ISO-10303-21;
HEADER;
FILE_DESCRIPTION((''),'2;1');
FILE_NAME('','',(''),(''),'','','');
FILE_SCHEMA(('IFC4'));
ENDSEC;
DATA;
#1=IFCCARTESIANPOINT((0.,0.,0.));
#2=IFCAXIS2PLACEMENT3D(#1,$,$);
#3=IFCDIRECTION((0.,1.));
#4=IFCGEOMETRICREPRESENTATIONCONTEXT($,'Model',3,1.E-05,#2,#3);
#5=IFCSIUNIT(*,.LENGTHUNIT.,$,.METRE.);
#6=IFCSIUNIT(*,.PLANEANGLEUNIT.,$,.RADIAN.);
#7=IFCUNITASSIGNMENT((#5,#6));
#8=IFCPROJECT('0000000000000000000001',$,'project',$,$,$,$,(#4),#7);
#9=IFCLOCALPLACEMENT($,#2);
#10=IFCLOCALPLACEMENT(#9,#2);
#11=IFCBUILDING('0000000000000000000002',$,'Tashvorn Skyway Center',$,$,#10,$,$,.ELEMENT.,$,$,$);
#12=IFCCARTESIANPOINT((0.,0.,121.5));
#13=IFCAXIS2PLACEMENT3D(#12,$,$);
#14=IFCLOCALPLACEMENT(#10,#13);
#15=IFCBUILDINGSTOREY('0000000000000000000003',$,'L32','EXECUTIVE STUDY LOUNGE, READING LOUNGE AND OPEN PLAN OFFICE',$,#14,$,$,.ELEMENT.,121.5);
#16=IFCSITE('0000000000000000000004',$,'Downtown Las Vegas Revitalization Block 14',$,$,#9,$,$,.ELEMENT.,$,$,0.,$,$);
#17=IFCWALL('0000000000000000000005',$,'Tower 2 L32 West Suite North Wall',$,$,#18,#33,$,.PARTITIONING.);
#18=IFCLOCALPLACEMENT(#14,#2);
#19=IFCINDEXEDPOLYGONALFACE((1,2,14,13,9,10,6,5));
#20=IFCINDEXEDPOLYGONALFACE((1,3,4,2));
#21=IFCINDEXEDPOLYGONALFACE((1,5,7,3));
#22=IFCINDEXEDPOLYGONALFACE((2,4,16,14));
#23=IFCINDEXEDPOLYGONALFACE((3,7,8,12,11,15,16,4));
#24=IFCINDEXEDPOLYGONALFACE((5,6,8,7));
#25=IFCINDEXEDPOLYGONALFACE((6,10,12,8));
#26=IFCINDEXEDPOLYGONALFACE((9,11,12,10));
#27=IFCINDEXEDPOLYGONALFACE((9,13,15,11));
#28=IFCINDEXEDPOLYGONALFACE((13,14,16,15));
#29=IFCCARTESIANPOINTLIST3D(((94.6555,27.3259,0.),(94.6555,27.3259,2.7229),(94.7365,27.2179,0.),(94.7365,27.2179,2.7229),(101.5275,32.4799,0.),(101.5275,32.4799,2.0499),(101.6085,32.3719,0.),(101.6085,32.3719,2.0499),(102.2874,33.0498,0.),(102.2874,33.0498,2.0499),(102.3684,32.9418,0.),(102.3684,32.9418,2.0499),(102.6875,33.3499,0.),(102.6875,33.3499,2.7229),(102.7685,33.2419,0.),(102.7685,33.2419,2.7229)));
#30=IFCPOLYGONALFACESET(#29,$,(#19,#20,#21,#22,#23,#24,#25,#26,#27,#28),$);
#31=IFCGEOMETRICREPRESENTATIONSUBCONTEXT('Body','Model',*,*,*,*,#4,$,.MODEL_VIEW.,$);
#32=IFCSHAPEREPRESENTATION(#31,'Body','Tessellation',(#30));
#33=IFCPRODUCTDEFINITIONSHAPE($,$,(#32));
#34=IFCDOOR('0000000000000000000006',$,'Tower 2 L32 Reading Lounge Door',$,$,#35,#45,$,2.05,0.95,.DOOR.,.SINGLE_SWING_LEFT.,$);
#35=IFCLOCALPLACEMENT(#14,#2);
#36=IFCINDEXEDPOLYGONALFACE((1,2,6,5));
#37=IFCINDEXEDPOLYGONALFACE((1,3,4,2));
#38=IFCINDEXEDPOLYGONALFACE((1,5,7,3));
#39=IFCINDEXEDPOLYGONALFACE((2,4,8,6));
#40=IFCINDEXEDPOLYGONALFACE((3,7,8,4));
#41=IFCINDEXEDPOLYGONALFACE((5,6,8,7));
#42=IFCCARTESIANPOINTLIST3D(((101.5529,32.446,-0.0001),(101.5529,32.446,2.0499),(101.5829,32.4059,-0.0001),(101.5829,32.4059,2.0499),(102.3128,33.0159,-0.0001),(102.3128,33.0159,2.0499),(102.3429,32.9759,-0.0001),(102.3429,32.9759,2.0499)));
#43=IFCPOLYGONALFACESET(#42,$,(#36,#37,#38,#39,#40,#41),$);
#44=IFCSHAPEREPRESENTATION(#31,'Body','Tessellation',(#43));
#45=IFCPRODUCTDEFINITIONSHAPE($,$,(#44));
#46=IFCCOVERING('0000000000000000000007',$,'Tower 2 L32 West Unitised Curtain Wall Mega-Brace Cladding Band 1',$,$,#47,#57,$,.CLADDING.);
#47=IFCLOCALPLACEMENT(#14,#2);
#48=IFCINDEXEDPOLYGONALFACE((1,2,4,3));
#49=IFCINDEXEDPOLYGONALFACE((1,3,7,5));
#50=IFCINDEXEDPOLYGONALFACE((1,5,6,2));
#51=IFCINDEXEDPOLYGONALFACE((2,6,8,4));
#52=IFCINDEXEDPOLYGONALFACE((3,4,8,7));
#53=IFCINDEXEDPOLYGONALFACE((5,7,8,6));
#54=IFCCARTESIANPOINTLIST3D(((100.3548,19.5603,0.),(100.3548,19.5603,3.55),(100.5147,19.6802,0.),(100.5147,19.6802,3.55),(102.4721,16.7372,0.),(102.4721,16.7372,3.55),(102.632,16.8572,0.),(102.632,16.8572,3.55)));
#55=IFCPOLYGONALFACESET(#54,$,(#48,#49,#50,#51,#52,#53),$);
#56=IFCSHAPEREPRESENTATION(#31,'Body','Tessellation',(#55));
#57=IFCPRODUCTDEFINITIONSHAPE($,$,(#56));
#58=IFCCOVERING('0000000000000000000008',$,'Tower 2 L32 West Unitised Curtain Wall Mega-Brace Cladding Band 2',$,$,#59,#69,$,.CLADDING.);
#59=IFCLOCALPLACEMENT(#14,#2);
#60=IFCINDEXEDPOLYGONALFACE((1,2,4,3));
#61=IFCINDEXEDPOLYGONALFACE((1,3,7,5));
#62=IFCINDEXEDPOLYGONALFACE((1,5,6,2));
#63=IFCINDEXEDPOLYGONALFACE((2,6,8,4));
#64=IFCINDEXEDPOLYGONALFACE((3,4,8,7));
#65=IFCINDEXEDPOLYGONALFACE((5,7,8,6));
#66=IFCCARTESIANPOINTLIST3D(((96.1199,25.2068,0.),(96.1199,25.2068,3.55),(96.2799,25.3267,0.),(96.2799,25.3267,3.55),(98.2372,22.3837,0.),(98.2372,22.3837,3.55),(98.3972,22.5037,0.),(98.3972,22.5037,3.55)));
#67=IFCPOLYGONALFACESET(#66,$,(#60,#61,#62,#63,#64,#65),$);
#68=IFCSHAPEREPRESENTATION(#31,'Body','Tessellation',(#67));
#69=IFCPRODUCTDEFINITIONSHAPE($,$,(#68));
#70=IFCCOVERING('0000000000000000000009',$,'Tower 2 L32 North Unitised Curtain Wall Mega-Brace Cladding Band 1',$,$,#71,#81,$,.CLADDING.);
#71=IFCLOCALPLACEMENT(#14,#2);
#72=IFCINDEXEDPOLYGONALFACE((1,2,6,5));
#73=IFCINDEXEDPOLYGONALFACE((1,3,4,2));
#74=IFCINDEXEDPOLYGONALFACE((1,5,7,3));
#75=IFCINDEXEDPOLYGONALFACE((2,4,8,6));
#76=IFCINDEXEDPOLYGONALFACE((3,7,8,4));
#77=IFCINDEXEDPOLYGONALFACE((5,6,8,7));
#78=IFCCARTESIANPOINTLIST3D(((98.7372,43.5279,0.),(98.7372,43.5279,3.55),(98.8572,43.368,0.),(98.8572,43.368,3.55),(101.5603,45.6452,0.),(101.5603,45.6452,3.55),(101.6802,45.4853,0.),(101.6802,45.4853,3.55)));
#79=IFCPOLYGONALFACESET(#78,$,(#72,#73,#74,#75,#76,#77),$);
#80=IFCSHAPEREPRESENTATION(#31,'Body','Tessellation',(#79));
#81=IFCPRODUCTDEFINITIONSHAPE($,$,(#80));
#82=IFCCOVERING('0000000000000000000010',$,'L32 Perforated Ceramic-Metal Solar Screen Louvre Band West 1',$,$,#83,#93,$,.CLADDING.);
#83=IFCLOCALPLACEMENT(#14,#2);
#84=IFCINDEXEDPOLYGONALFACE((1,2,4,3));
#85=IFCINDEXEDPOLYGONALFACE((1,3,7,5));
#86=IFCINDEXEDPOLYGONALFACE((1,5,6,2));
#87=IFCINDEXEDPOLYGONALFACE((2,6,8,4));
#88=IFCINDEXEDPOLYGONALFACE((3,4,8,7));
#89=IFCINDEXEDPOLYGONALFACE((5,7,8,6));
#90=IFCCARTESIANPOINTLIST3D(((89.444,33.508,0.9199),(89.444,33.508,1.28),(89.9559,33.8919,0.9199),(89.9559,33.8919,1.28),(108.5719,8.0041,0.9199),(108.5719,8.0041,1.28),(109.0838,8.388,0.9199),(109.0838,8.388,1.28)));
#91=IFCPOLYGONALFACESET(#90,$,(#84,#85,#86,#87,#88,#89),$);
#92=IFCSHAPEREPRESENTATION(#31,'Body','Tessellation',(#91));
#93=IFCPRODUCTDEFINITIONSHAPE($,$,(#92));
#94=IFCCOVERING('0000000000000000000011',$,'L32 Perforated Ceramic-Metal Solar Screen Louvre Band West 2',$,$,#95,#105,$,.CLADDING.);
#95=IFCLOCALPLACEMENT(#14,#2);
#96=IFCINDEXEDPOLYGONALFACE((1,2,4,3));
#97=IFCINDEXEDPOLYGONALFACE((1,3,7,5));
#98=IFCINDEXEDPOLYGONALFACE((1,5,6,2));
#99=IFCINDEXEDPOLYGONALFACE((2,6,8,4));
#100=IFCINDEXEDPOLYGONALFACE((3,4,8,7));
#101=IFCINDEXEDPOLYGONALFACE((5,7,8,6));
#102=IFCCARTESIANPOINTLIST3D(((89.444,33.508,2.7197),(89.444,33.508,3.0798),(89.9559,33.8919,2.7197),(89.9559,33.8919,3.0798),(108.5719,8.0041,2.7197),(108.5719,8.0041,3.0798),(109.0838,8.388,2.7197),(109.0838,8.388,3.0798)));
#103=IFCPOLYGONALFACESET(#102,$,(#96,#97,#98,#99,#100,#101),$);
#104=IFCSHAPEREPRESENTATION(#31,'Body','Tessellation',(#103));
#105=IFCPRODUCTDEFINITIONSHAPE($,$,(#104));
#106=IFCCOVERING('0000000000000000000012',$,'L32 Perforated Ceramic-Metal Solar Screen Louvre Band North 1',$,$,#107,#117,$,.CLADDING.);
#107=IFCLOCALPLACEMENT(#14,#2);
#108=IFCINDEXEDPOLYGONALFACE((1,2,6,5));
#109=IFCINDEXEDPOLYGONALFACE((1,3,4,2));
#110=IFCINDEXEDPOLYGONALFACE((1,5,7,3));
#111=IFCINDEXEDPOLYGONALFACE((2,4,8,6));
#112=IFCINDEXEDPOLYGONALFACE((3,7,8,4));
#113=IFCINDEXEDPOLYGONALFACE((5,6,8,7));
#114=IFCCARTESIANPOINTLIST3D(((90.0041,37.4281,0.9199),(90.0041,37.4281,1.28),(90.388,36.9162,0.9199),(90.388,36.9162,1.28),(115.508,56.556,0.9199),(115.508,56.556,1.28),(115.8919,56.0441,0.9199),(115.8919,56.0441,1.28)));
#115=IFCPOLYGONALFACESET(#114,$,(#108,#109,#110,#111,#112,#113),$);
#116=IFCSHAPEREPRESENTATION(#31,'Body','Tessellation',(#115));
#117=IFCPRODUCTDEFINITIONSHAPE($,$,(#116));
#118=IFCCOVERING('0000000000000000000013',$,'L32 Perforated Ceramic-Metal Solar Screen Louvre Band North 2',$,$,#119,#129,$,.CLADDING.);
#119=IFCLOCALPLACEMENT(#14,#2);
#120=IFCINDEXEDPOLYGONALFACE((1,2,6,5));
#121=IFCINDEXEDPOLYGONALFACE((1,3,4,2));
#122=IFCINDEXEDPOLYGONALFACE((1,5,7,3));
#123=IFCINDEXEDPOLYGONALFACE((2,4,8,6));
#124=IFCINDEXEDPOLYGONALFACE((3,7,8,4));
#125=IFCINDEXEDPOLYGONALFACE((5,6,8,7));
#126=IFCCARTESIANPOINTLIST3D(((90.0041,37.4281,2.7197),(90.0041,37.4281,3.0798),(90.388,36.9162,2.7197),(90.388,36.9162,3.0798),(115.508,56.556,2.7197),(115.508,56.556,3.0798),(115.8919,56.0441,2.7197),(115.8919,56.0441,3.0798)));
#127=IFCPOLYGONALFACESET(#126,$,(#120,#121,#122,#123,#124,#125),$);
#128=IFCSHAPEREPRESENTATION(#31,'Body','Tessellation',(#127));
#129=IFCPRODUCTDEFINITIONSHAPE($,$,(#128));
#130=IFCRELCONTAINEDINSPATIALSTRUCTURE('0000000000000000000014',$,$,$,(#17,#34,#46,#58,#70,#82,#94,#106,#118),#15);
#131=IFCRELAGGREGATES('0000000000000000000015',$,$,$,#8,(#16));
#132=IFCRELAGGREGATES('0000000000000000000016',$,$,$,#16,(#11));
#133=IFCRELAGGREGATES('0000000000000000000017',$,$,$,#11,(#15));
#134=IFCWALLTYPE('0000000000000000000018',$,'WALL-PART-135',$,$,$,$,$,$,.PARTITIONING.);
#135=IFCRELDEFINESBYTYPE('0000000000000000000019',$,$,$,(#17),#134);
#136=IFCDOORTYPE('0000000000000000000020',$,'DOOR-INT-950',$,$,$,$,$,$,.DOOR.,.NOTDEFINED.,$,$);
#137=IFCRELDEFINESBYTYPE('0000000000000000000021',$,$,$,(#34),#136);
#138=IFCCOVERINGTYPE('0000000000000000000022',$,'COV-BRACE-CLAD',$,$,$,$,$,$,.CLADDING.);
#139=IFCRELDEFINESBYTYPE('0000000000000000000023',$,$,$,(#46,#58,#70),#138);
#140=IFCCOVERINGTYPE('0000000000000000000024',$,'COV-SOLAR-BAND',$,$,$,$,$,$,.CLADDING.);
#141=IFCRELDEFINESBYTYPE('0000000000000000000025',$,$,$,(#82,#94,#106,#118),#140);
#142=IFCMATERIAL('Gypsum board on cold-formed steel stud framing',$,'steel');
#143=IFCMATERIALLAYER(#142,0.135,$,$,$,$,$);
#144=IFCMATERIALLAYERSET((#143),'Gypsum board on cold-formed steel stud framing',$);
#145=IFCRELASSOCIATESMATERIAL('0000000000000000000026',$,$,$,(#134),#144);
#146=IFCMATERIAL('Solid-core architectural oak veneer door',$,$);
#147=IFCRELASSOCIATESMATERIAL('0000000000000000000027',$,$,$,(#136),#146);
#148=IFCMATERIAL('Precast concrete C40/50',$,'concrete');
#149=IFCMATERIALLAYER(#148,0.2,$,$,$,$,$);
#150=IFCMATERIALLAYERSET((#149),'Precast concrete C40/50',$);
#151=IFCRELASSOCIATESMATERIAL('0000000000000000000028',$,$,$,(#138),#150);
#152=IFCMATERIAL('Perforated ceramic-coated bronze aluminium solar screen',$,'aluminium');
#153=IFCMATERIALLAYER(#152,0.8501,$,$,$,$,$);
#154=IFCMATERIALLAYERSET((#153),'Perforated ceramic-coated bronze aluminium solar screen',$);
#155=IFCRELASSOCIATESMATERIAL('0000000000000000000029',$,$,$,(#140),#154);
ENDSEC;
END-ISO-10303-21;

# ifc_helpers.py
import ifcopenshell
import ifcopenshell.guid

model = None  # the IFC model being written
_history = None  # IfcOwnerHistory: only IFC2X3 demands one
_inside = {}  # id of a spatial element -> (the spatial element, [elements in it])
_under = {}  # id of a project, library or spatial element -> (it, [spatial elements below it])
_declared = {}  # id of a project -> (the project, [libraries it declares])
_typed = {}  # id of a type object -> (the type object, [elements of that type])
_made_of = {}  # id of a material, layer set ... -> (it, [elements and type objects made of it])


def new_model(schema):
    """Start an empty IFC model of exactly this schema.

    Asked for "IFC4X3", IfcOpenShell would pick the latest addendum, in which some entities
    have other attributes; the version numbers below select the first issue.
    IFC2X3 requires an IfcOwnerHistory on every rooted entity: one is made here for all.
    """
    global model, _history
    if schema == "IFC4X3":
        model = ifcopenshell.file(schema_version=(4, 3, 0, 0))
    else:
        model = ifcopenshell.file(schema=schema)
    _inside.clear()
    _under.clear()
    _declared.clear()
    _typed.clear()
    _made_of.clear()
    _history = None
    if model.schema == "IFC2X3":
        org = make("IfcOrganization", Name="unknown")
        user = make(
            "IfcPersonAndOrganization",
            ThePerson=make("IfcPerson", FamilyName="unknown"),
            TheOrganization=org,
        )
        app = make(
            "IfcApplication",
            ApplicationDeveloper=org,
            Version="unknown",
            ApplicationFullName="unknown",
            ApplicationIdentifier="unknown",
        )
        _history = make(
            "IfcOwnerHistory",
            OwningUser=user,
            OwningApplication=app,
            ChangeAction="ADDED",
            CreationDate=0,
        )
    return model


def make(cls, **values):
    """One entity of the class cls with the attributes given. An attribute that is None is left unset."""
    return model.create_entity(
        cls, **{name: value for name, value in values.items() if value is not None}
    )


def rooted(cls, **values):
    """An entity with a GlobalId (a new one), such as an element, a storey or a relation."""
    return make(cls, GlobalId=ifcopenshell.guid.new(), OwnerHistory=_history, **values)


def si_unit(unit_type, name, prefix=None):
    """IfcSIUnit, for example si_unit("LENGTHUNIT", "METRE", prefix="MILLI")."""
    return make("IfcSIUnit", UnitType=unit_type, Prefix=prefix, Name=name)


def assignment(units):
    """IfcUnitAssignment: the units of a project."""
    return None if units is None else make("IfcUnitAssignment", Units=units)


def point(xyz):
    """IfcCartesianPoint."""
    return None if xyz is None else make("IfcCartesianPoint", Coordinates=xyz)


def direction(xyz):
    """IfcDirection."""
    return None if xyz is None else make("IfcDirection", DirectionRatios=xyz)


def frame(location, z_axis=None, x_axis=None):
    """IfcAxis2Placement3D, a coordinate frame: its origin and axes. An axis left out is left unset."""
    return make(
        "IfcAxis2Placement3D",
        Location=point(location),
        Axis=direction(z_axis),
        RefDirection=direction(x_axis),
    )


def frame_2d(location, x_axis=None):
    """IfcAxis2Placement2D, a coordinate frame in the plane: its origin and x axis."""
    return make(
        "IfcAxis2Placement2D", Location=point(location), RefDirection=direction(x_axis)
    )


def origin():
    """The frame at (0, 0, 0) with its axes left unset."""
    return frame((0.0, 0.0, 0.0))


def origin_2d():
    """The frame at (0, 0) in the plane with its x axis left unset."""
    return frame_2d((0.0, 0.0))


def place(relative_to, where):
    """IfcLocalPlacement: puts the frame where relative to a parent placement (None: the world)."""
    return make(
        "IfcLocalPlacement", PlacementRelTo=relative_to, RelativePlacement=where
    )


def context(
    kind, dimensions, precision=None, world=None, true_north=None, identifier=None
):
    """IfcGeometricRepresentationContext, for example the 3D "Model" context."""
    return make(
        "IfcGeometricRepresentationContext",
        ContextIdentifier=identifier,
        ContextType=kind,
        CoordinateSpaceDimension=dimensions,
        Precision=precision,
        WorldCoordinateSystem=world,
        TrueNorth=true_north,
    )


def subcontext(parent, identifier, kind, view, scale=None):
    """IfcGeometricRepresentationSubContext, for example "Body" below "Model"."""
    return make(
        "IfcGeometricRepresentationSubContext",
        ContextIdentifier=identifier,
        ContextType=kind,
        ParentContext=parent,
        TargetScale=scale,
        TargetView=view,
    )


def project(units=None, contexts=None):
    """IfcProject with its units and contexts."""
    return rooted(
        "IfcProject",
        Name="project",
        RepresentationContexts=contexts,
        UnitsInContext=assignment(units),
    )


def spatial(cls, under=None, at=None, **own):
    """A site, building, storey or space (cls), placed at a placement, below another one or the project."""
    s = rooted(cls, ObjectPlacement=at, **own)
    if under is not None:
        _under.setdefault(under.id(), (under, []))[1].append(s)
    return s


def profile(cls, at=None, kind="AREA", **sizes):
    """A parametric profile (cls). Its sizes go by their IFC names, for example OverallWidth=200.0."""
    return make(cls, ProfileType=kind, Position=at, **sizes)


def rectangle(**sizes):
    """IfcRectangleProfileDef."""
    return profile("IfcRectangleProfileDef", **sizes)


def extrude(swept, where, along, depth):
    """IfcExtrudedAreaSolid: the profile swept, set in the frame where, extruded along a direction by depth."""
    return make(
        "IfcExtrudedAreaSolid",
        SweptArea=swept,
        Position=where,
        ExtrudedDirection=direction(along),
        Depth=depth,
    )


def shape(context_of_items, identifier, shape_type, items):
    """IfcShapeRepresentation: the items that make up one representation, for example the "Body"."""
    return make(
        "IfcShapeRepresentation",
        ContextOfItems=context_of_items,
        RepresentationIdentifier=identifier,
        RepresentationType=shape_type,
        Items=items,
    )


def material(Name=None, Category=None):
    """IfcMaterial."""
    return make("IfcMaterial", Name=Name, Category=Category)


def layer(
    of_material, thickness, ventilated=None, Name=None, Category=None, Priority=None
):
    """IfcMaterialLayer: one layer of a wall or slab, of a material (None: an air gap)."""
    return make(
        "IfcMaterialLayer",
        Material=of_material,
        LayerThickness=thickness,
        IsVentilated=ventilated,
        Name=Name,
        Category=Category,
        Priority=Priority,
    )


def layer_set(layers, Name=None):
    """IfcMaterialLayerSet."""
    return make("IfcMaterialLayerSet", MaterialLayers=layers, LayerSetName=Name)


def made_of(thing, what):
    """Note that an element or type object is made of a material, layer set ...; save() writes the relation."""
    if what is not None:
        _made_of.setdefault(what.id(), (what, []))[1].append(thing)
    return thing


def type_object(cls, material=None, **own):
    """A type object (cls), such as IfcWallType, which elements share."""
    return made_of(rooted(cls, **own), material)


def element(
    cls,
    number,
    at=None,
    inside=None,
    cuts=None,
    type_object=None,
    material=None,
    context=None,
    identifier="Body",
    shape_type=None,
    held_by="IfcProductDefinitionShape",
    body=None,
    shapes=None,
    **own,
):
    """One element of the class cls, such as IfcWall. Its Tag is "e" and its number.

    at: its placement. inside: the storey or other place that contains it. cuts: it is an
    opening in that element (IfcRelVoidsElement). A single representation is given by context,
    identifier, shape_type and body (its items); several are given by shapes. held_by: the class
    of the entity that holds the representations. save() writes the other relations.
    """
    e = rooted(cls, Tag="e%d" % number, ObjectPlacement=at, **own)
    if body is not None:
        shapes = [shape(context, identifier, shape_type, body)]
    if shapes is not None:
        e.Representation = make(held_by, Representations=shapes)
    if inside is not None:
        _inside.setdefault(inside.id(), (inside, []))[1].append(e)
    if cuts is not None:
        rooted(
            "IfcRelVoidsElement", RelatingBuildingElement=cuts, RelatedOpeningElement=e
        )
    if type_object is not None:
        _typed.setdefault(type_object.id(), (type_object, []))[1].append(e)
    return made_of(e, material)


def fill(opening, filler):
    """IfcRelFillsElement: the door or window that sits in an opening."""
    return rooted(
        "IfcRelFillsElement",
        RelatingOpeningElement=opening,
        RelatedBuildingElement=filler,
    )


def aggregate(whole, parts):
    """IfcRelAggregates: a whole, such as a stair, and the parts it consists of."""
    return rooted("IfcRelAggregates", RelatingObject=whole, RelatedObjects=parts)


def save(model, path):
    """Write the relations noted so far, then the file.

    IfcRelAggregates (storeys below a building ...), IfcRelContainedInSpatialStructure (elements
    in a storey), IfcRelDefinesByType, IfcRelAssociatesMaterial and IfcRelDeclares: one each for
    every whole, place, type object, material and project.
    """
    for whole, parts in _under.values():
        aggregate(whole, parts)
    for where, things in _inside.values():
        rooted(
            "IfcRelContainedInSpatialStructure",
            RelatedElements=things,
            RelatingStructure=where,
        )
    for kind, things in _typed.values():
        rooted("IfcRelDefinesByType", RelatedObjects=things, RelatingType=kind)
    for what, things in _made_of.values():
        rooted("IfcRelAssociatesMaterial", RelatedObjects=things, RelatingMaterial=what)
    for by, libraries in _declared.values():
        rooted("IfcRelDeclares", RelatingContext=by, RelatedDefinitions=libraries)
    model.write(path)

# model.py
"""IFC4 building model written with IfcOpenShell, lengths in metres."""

from ifc_helpers import new_model, si_unit, direction, frame, frame_2d, origin, origin_2d, place, context, subcontext, project, spatial, rectangle, extrude, material, layer, layer_set, type_object, element, fill, save


model = new_model("IFC4")

# Units and contexts
model_context = context("Model", 3, precision=1e-05, world=origin(), true_north=direction((0.0, 1.0)))
body_context = subcontext(model_context, "Body", "Model", "MODEL_VIEW")
ifc_project = project(units=[si_unit("LENGTHUNIT", "METRE"), si_unit("PLANEANGLEUNIT", "RADIAN")], contexts=[model_context])

# Site, building, storey
site_placement = place(None, origin())
site = spatial("IfcSite", under=ifc_project, at=site_placement, Name="Downtown Las Vegas Revitalization Block 14", CompositionType="ELEMENT", RefElevation=0.0)
building_placement = place(site_placement, origin())
building = spatial("IfcBuilding", under=site, at=building_placement, Name="Tashvorn Skyway Center", CompositionType="ELEMENT")
storey_placement = place(building_placement, frame((0.0, 0.0, 121.5)))
storey = spatial("IfcBuildingStorey", under=building, at=storey_placement, Name="L32", Description="EXECUTIVE STUDY LOUNGE, READING LOUNGE AND OPEN PLAN OFFICE", CompositionType="ELEMENT", Elevation=121.5)

# Shared definitions
ifc_material_1 = material(Name="Gypsum board on cold-formed steel stud framing", Category="steel")

# Wall, opening, door
ifc_layer_1 = layer(ifc_material_1, 0.135)
ifc_layer_set_1 = layer_set([ifc_layer_1], Name="Gypsum board on cold-formed steel stud framing")
wall_type_1 = type_object("IfcWallType", Name="WALL-PART-135", PredefinedType="PARTITIONING", material=ifc_layer_set_1)
wall_1_placement = place(storey_placement, frame((102.728, 33.2959, 0.0), z_axis=(0.0, 0.0, 1.0), x_axis=(-0.800003, -0.599996, 0.0)))
wall_1 = element("IfcWall", 1, at=wall_1_placement, inside=storey, type_object=wall_type_1, Name="Tower 2 L32 West Suite North Wall", PredefinedType="PARTITIONING", context=body_context, shape_type="SweptSolid", body=[
    extrude(rectangle(XDim=10.04, YDim=0.135, at=frame_2d((5.02, 0.0))), origin(), (0.0, 0.0, 1.0), 2.7229),
])
opening_placement = place(wall_1_placement, frame((0.5, 0.0, 0.0)))
opening = element("IfcOpeningElement", 2, at=opening_placement, cuts=wall_1, PredefinedType="OPENING", context=body_context, shape_type="SweptSolid", body=[
    extrude(rectangle(XDim=0.95, YDim=2.05, at=frame_2d((0.4751, 1.0249))), frame((0.0, 0.0774, 0.0), z_axis=(0.0, -1.0, 0.0), x_axis=(1.0, 0.0, 0.0)), (0.0, 0.0, 1.0), 0.155),
])
ifc_material_2 = material(Name="Solid-core architectural oak veneer door")
door_type = type_object("IfcDoorType", Name="DOOR-INT-950", OperationType="NOTDEFINED", PredefinedType="DOOR", material=ifc_material_2)
door_placement = place(opening_placement, origin())
door = element("IfcDoor", 3, at=door_placement, inside=storey, type_object=door_type, Name="Tower 2 L32 Reading Lounge Door", OperationType="SINGLE_SWING_LEFT", OverallHeight=2.05, OverallWidth=0.95, PredefinedType="DOOR", context=body_context, shape_type="SweptSolid", body=[
    extrude(rectangle(XDim=0.95, YDim=2.05, at=frame_2d((0.4751, 1.0249))), frame((0.0, 0.0249, 0.0), z_axis=(0.0, -1.0, 0.0), x_axis=(1.0, 0.0, 0.0)), (0.0, 0.0, 1.0), 0.05),
])
fill(opening, door)

# Coverings
ifc_material_3 = material(Name="Precast concrete C40/50", Category="concrete")
ifc_layer_2 = layer(ifc_material_3, 0.2)
ifc_layer_set_2 = layer_set([ifc_layer_2], Name="Precast concrete C40/50")
covering_type_1 = type_object("IfcCoveringType", Name="COV-BRACE-CLAD", PredefinedType="CLADDING", material=ifc_layer_set_2)
for number, where, z_axis, x_axis, name in (
    (4, (101.4934, 18.2087, 0.0), (0.0, 0.0, 1.0), (-0.6, 0.8, 0.0), "Tower 2 L32 West Unitised Curtain Wall Mega-Brace Cladding Band 1"),
    (5, (97.2585, 23.8552, 0.0), (0.0, 0.0, 1.0), (-0.6, 0.8, 0.0), "Tower 2 L32 West Unitised Curtain Wall Mega-Brace Cladding Band 2"),
    (6, (100.2087, 44.5066, 0.0), (0.0, 0.0, 1.0), (0.8, 0.6, 0.0), "Tower 2 L32 North Unitised Curtain Wall Mega-Brace Cladding Band 1"),
):
    element("IfcCovering", number, at=place(storey_placement, frame(where, z_axis=z_axis, x_axis=x_axis)), inside=storey, type_object=covering_type_1, Name=name, PredefinedType="CLADDING", context=body_context, shape_type="SweptSolid", body=[
        extrude(rectangle(XDim=3.5288, YDim=0.2, at=origin_2d()), origin(), (0.0, 0.0, 1.0), 3.55),
    ])
ifc_material_4 = material(Name="Perforated ceramic-coated bronze aluminium solar screen", Category="aluminium")
ifc_layer_3 = layer(ifc_material_4, 0.8501)
ifc_layer_set_3 = layer_set([ifc_layer_3], Name="Perforated ceramic-coated bronze aluminium solar screen")
covering_type_2 = type_object("IfcCoveringType", Name="COV-SOLAR-BAND", PredefinedType="CLADDING", material=ifc_layer_set_3)
for number, where, z_axis, x_axis, name in (
    (7, (99.2639, 20.948, 0.9199), (0.0, 0.0, 1.0), (-0.6, 0.8, 0.0), "L32 Perforated Ceramic-Metal Solar Screen Louvre Band West 1"),
    (8, (99.2639, 20.948, 2.7197), (0.0, 0.0, 1.0), (-0.6, 0.8, 0.0), "L32 Perforated Ceramic-Metal Solar Screen Louvre Band West 2"),
    (9, (102.948, 46.7361, 0.9199), (0.0, 0.0, 1.0), (0.8, 0.6, 0.0), "L32 Perforated Ceramic-Metal Solar Screen Louvre Band North 1"),
    (10, (102.948, 46.7361, 2.7197), (0.0, 0.0, 1.0), (0.8, 0.6, 0.0), "L32 Perforated Ceramic-Metal Solar Screen Louvre Band North 2"),
):
    element("IfcCovering", number, at=place(storey_placement, frame(where, z_axis=z_axis, x_axis=x_axis)), inside=storey, type_object=covering_type_2, Name=name, PredefinedType="CLADDING", context=body_context, shape_type="SweptSolid", body=[
        extrude(rectangle(XDim=31.8799, YDim=0.6399, at=origin_2d()), origin(), (0.0, 0.0, 1.0), 0.3601),
    ])

save(model, "model.ifc")
